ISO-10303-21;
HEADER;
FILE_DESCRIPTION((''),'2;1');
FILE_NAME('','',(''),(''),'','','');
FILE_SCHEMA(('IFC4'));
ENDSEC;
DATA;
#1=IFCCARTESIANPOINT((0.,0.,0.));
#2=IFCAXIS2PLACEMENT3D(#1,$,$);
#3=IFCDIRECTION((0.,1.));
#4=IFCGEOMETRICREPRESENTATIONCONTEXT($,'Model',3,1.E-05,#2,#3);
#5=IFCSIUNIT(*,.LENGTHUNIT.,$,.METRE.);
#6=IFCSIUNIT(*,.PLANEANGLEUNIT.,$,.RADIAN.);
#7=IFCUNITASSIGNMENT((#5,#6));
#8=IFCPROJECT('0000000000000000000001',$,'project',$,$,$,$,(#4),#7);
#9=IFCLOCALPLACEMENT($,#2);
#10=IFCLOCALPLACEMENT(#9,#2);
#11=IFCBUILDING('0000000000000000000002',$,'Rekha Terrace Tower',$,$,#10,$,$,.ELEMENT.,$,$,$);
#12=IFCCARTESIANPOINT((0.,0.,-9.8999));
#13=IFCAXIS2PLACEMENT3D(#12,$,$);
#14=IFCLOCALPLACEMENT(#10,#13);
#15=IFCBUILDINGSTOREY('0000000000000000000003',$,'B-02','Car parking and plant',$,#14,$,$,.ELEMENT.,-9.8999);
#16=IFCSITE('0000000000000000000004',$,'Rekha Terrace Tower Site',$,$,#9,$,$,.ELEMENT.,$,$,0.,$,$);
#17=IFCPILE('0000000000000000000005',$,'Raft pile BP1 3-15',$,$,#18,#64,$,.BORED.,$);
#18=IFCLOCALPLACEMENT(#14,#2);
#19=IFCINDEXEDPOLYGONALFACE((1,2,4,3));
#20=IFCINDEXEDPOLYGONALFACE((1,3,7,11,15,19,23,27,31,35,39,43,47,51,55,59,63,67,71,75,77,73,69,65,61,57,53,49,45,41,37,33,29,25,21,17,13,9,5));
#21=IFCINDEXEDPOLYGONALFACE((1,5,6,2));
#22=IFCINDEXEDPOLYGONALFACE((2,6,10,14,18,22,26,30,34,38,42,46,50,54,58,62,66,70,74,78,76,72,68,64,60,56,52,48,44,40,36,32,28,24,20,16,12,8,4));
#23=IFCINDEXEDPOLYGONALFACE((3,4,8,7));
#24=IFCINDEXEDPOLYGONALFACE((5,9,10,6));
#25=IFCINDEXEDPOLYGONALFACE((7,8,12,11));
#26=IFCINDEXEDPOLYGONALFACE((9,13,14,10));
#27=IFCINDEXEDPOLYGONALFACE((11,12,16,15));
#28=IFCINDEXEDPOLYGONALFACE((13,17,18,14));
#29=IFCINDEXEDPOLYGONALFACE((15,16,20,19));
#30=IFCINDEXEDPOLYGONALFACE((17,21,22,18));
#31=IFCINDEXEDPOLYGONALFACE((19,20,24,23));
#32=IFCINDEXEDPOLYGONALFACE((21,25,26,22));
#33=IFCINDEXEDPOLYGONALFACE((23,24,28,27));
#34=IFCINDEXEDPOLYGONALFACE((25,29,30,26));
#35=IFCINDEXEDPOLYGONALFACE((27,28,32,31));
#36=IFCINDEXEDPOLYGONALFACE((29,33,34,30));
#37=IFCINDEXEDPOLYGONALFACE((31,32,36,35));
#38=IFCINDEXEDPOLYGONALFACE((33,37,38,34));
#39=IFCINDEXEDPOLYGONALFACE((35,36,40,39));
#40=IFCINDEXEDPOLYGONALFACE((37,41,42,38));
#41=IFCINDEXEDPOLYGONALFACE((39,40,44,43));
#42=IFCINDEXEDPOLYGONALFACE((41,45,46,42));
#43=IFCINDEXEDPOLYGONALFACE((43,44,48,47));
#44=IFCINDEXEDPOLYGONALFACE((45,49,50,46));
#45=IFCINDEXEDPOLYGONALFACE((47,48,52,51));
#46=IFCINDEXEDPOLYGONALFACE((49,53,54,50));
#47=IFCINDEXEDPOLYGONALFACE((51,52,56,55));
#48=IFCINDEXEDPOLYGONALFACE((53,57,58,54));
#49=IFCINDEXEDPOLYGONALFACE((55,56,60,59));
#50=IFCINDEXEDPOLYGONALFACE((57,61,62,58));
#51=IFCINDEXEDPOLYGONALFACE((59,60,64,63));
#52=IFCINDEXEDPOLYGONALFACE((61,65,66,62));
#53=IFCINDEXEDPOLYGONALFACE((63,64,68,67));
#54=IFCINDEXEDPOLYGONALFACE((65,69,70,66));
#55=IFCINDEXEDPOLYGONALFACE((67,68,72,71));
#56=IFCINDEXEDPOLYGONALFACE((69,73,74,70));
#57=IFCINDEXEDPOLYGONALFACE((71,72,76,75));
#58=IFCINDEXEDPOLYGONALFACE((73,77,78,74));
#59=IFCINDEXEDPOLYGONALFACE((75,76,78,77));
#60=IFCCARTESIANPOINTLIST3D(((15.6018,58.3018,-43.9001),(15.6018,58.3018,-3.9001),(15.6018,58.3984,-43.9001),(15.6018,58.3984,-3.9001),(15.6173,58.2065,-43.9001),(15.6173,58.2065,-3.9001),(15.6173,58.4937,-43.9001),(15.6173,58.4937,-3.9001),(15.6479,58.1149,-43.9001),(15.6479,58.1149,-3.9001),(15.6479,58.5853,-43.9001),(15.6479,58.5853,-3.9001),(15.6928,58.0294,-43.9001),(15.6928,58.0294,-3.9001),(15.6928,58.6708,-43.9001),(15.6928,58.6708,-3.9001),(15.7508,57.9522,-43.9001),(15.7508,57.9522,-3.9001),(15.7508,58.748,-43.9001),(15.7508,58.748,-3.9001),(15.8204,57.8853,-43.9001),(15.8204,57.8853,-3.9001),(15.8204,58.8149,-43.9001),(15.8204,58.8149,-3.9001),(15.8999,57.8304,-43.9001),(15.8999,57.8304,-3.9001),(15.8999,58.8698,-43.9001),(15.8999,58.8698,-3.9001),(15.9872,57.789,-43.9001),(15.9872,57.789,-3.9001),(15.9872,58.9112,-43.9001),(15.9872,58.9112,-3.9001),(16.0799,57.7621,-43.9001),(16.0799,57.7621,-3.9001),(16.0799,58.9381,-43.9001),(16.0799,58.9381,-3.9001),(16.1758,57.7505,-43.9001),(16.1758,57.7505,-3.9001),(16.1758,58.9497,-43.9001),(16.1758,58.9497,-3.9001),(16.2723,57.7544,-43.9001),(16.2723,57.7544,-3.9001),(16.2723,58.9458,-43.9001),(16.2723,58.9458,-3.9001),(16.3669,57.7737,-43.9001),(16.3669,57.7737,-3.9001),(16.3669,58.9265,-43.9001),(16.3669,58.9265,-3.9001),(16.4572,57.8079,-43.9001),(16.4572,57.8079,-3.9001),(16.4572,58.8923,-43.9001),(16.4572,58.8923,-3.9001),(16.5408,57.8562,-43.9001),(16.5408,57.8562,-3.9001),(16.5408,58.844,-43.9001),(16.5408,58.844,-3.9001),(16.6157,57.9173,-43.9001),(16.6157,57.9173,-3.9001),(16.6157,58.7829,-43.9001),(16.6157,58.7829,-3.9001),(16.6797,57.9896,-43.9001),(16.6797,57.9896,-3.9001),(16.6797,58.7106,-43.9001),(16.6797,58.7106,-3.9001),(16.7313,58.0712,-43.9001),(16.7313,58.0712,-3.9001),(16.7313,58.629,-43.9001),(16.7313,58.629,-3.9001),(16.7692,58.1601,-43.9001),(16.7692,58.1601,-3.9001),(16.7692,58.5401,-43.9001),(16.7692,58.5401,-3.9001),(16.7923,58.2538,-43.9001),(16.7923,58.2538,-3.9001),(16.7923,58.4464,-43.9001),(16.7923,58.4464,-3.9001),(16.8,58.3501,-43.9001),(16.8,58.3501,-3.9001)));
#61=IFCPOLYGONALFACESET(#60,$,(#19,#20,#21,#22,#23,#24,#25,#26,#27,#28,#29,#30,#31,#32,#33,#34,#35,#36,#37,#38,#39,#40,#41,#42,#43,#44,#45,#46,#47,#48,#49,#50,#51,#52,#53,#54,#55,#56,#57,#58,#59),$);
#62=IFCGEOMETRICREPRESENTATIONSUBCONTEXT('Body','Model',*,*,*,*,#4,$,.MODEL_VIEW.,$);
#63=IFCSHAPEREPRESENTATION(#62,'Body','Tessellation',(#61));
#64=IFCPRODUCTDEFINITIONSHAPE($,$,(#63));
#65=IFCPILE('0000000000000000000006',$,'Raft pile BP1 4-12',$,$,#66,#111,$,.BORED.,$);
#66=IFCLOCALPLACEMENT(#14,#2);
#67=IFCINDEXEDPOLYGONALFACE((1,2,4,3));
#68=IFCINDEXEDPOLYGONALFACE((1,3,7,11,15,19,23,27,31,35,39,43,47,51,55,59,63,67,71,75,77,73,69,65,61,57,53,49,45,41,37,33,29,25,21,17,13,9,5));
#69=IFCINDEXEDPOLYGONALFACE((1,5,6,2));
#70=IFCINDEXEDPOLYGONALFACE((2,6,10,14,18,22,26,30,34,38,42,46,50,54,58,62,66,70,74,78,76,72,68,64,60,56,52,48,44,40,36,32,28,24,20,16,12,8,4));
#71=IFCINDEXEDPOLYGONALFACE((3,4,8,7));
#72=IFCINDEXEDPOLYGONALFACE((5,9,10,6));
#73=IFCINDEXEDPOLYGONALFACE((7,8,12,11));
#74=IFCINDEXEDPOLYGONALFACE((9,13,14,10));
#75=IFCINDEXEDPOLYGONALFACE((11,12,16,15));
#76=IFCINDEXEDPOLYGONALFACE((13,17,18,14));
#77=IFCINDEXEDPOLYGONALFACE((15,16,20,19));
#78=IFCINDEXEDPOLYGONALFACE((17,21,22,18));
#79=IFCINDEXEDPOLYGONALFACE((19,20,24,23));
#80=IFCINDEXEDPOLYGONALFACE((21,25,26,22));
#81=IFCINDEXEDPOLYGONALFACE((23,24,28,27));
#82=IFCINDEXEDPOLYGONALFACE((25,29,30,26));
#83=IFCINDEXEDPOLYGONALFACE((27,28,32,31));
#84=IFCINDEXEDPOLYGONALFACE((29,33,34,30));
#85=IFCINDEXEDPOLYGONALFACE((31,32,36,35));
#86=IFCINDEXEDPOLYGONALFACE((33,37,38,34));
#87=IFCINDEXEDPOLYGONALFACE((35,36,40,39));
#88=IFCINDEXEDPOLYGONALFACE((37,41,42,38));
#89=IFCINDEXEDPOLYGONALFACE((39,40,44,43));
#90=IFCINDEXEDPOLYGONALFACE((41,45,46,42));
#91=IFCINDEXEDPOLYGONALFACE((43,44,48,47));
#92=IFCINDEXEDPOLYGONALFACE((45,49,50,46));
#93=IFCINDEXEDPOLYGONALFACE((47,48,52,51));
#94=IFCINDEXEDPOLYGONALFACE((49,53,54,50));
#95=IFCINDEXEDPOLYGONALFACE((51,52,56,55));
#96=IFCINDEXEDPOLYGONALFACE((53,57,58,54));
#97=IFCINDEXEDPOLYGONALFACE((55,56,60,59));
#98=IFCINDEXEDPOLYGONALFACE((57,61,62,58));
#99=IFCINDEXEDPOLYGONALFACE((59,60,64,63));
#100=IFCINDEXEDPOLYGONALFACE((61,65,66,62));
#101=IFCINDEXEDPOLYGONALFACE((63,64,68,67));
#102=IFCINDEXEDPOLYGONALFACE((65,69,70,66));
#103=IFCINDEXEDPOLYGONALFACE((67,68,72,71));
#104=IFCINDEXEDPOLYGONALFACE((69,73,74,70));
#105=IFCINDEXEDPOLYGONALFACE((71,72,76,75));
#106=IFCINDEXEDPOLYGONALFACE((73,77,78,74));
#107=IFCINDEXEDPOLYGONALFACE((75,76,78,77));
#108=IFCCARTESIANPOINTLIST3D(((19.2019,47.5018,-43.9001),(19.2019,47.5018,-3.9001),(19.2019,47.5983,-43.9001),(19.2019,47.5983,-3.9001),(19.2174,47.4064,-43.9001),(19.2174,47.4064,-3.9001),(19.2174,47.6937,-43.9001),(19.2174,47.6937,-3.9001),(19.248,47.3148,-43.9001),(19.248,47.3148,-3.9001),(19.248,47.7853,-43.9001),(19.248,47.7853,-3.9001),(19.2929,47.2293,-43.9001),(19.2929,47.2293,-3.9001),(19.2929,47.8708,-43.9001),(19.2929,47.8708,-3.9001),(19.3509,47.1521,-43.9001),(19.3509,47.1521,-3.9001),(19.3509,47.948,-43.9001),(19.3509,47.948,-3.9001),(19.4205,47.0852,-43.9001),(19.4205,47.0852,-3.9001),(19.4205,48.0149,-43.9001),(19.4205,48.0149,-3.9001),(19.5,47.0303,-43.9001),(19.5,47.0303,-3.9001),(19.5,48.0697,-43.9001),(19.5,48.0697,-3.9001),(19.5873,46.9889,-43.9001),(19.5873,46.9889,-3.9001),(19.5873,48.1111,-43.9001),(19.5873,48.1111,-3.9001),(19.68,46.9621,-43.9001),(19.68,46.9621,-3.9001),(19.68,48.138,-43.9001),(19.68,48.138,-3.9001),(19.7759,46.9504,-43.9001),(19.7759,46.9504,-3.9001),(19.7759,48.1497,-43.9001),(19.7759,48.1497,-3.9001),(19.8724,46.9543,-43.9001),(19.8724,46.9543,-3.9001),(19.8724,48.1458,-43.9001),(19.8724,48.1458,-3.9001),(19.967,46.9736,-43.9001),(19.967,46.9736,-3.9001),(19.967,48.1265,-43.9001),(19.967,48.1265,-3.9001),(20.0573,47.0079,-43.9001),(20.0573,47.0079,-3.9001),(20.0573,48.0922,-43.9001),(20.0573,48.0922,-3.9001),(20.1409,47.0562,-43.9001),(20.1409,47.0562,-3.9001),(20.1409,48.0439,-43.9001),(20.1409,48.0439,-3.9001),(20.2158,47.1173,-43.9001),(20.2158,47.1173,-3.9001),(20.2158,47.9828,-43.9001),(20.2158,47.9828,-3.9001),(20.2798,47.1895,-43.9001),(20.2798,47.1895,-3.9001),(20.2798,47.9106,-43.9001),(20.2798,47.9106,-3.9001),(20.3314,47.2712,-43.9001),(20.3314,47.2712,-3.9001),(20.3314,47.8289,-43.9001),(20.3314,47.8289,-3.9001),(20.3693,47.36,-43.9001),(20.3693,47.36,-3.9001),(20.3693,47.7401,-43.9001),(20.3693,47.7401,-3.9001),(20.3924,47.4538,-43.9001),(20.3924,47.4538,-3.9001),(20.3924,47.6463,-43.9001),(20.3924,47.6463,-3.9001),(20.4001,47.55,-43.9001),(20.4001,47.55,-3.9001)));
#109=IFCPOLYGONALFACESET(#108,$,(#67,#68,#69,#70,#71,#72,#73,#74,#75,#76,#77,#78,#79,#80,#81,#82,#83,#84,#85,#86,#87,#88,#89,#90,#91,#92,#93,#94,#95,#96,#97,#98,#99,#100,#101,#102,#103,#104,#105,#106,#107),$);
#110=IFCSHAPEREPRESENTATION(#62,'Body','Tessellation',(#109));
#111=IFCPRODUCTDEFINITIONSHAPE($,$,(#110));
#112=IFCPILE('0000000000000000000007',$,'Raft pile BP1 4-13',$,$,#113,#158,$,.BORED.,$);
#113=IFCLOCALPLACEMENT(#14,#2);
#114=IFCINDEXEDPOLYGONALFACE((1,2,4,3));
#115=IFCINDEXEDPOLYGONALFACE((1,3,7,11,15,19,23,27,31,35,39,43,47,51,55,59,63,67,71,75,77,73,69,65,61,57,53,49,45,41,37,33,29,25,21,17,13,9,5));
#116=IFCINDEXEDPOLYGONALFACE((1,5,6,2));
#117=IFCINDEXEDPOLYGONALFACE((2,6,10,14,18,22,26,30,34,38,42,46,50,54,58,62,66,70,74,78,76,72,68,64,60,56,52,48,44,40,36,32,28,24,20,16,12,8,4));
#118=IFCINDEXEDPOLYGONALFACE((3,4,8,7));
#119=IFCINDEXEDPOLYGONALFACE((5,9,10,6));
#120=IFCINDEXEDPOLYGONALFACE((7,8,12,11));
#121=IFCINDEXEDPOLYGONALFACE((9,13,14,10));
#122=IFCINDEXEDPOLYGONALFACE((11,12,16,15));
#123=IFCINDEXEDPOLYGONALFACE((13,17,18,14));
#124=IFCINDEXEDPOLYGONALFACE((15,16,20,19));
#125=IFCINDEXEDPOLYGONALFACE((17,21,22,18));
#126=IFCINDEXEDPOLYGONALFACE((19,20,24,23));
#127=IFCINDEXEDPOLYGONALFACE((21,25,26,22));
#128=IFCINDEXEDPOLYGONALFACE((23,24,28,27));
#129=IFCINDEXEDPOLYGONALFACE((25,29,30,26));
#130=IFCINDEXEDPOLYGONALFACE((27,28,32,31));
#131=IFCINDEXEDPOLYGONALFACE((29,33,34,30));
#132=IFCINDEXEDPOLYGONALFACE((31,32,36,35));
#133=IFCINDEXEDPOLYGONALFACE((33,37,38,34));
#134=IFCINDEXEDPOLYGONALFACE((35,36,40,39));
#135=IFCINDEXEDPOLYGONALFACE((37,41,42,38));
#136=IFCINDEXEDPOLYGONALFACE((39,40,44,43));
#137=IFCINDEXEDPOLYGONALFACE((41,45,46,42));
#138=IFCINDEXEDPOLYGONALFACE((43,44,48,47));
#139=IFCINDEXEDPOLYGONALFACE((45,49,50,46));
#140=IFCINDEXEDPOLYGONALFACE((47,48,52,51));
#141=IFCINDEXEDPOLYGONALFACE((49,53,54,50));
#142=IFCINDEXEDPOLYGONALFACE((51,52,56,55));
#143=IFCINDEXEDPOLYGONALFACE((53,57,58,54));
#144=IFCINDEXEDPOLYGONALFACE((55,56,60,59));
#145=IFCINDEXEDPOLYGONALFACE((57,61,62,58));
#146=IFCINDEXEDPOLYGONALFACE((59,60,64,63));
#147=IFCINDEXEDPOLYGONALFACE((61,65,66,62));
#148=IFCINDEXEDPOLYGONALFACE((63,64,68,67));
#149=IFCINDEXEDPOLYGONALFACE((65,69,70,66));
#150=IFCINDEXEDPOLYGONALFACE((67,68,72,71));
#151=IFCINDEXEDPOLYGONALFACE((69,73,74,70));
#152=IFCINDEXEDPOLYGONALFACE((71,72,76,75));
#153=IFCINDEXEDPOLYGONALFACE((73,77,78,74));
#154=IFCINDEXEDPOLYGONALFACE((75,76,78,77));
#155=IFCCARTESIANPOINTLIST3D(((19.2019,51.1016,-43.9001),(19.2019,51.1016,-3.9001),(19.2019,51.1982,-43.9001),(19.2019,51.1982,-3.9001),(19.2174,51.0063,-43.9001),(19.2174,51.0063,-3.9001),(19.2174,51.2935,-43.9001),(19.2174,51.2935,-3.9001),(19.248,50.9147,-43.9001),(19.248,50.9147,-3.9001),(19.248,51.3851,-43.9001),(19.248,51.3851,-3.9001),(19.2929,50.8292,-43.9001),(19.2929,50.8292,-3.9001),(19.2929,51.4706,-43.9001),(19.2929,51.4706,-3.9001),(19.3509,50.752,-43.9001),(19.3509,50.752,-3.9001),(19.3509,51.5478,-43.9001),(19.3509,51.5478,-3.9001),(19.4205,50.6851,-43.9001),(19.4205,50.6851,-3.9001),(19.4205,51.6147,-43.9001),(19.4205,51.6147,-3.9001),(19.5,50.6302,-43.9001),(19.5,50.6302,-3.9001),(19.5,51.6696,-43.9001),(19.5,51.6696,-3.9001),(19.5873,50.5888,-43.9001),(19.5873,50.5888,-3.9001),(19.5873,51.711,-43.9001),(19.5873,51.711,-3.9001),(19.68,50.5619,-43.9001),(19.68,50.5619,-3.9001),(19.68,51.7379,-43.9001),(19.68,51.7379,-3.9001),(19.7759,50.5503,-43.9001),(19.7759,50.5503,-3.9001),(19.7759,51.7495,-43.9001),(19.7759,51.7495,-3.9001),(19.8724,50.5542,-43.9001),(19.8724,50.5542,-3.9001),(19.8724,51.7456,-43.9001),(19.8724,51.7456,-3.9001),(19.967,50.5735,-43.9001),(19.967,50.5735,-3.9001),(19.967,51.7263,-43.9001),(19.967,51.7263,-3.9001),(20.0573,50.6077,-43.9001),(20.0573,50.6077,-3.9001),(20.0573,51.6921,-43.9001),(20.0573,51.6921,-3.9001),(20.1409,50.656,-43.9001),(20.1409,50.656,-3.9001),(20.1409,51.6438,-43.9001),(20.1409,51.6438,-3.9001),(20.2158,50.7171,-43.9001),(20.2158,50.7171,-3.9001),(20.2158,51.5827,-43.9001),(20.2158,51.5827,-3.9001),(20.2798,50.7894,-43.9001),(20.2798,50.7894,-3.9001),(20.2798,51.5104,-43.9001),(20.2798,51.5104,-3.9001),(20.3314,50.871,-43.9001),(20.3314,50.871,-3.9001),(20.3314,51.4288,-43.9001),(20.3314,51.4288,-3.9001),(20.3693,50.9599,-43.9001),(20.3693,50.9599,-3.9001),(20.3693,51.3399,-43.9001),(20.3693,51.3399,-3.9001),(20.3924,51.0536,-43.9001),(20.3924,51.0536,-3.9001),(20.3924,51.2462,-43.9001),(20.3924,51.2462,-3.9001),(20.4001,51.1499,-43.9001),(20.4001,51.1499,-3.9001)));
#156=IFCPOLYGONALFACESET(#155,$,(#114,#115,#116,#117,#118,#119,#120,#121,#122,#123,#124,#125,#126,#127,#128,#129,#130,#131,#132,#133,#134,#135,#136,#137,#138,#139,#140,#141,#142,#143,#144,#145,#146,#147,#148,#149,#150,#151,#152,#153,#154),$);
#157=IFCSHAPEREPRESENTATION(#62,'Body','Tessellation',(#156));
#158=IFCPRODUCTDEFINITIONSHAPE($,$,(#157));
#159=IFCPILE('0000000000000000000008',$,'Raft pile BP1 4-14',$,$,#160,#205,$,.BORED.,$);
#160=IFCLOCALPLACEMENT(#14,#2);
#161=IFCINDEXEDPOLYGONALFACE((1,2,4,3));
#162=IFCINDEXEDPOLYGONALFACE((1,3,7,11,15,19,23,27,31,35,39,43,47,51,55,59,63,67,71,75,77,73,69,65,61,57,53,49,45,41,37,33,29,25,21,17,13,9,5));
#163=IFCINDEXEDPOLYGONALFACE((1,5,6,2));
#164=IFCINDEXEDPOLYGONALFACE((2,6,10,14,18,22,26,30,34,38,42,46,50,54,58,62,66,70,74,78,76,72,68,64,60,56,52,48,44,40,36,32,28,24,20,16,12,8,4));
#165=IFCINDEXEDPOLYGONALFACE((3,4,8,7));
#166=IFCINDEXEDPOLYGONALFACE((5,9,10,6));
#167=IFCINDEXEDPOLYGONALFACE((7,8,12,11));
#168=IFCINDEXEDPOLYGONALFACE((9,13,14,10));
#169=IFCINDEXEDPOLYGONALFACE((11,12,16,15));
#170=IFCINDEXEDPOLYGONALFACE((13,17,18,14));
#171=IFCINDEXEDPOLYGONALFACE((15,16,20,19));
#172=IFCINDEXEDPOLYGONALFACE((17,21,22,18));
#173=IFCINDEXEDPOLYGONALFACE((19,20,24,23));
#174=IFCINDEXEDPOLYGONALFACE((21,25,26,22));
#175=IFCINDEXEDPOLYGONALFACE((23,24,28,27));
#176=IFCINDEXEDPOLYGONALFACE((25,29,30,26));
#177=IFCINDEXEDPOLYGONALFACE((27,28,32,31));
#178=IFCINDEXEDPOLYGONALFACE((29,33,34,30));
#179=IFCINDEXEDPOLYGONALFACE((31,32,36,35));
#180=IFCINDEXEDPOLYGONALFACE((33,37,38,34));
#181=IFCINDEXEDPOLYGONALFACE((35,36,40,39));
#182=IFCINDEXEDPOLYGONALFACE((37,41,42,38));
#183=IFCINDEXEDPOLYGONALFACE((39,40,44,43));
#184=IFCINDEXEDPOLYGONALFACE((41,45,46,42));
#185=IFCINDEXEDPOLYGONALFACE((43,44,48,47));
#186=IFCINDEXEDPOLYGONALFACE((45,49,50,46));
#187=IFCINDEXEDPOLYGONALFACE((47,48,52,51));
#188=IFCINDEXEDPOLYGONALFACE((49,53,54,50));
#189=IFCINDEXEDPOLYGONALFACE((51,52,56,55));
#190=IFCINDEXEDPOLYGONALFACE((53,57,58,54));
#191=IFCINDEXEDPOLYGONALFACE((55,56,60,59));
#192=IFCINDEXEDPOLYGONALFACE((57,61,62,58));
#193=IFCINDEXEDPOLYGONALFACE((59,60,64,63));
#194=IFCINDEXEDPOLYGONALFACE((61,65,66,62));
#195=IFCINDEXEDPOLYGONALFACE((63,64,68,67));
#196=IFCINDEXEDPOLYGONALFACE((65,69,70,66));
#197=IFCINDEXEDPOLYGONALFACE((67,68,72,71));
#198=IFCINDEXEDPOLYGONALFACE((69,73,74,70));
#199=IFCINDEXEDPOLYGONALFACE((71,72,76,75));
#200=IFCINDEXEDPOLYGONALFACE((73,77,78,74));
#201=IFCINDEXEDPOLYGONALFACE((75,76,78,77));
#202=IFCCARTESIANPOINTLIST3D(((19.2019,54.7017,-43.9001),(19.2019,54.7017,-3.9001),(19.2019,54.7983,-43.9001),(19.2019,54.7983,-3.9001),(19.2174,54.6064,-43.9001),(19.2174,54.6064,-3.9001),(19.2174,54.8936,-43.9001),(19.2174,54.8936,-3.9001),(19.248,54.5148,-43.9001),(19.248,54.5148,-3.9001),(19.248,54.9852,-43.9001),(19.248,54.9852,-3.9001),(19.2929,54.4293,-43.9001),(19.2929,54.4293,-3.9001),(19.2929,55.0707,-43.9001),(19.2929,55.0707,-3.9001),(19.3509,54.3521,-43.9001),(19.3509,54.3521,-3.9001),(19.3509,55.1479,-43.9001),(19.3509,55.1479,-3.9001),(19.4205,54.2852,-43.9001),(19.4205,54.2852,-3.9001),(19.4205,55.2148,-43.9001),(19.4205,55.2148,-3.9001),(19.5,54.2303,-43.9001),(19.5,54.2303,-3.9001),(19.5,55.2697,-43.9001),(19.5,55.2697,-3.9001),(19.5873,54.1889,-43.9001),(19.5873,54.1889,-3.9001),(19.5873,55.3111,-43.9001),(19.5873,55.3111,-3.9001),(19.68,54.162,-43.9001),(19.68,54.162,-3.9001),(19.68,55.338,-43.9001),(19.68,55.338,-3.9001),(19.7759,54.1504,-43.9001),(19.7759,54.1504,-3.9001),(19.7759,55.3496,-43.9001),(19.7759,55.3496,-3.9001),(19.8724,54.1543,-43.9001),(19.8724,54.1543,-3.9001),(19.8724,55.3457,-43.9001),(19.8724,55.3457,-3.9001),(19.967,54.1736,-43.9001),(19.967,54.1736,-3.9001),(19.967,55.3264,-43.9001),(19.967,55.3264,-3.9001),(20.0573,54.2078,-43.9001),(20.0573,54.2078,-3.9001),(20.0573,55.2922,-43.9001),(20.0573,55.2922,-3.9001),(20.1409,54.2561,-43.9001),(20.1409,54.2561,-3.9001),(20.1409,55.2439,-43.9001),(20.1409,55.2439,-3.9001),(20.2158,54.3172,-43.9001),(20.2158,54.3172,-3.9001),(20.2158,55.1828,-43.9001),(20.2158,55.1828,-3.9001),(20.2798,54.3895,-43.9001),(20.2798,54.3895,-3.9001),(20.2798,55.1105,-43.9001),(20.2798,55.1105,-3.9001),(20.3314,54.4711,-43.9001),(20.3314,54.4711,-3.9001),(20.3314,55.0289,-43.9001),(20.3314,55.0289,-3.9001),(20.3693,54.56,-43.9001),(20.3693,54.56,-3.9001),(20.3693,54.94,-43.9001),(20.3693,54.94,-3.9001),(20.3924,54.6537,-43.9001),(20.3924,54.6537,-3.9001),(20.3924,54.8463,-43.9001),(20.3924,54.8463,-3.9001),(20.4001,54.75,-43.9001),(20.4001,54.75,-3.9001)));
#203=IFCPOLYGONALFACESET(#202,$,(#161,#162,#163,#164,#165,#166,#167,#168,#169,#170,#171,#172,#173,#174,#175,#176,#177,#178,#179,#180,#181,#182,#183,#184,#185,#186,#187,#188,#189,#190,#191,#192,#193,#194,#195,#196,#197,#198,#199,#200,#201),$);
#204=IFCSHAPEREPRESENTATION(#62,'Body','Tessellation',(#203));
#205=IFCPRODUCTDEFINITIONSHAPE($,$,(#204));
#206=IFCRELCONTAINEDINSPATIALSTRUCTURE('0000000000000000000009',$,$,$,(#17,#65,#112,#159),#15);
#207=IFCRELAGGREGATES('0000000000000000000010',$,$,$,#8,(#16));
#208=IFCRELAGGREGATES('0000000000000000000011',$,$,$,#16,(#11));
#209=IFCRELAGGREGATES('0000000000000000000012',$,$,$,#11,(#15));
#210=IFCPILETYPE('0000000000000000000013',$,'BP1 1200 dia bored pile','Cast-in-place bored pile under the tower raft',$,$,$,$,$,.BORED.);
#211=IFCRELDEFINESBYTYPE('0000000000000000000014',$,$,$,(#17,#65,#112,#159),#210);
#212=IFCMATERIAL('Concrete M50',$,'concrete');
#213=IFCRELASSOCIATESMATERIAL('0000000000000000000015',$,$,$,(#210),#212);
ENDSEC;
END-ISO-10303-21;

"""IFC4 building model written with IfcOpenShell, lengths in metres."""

from ifc_helpers import new_model, si_unit, direction, frame, origin, origin_2d, place, context, subcontext, project, spatial, circle, extrude, material, type_object, element, save


model = new_model("IFC4")

# Units and contexts
model_context = context("Model", 3, precision=1e-05, world=origin(), true_north=direction((0.0, 1.0)))
body_context = subcontext(model_context, "Body", "Model", "MODEL_VIEW")
ifc_project = project(units=[si_unit("LENGTHUNIT", "METRE"), si_unit("PLANEANGLEUNIT", "RADIAN")], contexts=[model_context])

# Site, building, storey
site_placement = place(None, origin())
site = spatial("IfcSite", under=ifc_project, at=site_placement, Name="Rekha Terrace Tower Site", CompositionType="ELEMENT", RefElevation=0.0)
building_placement = place(site_placement, origin())
building = spatial("IfcBuilding", under=site, at=building_placement, Name="Rekha Terrace Tower", CompositionType="ELEMENT")
storey_placement = place(building_placement, frame((0.0, 0.0, -9.8999)))
storey = spatial("IfcBuildingStorey", under=building, at=storey_placement, Name="B-02", Description="Car parking and plant", CompositionType="ELEMENT", Elevation=-9.8999)

# Piles
ifc_material_1 = material(Name="Concrete M50", Category="concrete")
pile_type = type_object("IfcPileType", Name="BP1 1200 dia bored pile", Description="Cast-in-place bored pile under the tower raft", PredefinedType="BORED", material=ifc_material_1)
for number, where, z_axis, x_axis, name in (
    (1, (16.2, 58.3501, -3.9001), (0.0, 0.0, -1.0), (1.0, 0.0, 0.0), "Raft pile BP1 3-15"),
    (2, (19.8, 47.55, -3.9001), (0.0, 0.0, -1.0), (1.0, 0.0, 0.0), "Raft pile BP1 4-12"),
    (3, (19.8, 51.1499, -3.9001), (0.0, 0.0, -1.0), (1.0, 0.0, 0.0), "Raft pile BP1 4-13"),
    (4, (19.8, 54.75, -3.9001), (0.0, 0.0, -1.0), (1.0, 0.0, 0.0), "Raft pile BP1 4-14"),
):
    element("IfcPile", number, at=place(storey_placement, frame(where, z_axis=z_axis, x_axis=x_axis)), inside=storey, type_object=pile_type, Name=name, PredefinedType="BORED", context=body_context, shape_type="SweptSolid", body=[
        extrude(circle(Radius=0.6001, at=origin_2d()), origin(), (0.0, 0.0, 1.0), 40.0),
    ])

save(model, "model.ifc")
